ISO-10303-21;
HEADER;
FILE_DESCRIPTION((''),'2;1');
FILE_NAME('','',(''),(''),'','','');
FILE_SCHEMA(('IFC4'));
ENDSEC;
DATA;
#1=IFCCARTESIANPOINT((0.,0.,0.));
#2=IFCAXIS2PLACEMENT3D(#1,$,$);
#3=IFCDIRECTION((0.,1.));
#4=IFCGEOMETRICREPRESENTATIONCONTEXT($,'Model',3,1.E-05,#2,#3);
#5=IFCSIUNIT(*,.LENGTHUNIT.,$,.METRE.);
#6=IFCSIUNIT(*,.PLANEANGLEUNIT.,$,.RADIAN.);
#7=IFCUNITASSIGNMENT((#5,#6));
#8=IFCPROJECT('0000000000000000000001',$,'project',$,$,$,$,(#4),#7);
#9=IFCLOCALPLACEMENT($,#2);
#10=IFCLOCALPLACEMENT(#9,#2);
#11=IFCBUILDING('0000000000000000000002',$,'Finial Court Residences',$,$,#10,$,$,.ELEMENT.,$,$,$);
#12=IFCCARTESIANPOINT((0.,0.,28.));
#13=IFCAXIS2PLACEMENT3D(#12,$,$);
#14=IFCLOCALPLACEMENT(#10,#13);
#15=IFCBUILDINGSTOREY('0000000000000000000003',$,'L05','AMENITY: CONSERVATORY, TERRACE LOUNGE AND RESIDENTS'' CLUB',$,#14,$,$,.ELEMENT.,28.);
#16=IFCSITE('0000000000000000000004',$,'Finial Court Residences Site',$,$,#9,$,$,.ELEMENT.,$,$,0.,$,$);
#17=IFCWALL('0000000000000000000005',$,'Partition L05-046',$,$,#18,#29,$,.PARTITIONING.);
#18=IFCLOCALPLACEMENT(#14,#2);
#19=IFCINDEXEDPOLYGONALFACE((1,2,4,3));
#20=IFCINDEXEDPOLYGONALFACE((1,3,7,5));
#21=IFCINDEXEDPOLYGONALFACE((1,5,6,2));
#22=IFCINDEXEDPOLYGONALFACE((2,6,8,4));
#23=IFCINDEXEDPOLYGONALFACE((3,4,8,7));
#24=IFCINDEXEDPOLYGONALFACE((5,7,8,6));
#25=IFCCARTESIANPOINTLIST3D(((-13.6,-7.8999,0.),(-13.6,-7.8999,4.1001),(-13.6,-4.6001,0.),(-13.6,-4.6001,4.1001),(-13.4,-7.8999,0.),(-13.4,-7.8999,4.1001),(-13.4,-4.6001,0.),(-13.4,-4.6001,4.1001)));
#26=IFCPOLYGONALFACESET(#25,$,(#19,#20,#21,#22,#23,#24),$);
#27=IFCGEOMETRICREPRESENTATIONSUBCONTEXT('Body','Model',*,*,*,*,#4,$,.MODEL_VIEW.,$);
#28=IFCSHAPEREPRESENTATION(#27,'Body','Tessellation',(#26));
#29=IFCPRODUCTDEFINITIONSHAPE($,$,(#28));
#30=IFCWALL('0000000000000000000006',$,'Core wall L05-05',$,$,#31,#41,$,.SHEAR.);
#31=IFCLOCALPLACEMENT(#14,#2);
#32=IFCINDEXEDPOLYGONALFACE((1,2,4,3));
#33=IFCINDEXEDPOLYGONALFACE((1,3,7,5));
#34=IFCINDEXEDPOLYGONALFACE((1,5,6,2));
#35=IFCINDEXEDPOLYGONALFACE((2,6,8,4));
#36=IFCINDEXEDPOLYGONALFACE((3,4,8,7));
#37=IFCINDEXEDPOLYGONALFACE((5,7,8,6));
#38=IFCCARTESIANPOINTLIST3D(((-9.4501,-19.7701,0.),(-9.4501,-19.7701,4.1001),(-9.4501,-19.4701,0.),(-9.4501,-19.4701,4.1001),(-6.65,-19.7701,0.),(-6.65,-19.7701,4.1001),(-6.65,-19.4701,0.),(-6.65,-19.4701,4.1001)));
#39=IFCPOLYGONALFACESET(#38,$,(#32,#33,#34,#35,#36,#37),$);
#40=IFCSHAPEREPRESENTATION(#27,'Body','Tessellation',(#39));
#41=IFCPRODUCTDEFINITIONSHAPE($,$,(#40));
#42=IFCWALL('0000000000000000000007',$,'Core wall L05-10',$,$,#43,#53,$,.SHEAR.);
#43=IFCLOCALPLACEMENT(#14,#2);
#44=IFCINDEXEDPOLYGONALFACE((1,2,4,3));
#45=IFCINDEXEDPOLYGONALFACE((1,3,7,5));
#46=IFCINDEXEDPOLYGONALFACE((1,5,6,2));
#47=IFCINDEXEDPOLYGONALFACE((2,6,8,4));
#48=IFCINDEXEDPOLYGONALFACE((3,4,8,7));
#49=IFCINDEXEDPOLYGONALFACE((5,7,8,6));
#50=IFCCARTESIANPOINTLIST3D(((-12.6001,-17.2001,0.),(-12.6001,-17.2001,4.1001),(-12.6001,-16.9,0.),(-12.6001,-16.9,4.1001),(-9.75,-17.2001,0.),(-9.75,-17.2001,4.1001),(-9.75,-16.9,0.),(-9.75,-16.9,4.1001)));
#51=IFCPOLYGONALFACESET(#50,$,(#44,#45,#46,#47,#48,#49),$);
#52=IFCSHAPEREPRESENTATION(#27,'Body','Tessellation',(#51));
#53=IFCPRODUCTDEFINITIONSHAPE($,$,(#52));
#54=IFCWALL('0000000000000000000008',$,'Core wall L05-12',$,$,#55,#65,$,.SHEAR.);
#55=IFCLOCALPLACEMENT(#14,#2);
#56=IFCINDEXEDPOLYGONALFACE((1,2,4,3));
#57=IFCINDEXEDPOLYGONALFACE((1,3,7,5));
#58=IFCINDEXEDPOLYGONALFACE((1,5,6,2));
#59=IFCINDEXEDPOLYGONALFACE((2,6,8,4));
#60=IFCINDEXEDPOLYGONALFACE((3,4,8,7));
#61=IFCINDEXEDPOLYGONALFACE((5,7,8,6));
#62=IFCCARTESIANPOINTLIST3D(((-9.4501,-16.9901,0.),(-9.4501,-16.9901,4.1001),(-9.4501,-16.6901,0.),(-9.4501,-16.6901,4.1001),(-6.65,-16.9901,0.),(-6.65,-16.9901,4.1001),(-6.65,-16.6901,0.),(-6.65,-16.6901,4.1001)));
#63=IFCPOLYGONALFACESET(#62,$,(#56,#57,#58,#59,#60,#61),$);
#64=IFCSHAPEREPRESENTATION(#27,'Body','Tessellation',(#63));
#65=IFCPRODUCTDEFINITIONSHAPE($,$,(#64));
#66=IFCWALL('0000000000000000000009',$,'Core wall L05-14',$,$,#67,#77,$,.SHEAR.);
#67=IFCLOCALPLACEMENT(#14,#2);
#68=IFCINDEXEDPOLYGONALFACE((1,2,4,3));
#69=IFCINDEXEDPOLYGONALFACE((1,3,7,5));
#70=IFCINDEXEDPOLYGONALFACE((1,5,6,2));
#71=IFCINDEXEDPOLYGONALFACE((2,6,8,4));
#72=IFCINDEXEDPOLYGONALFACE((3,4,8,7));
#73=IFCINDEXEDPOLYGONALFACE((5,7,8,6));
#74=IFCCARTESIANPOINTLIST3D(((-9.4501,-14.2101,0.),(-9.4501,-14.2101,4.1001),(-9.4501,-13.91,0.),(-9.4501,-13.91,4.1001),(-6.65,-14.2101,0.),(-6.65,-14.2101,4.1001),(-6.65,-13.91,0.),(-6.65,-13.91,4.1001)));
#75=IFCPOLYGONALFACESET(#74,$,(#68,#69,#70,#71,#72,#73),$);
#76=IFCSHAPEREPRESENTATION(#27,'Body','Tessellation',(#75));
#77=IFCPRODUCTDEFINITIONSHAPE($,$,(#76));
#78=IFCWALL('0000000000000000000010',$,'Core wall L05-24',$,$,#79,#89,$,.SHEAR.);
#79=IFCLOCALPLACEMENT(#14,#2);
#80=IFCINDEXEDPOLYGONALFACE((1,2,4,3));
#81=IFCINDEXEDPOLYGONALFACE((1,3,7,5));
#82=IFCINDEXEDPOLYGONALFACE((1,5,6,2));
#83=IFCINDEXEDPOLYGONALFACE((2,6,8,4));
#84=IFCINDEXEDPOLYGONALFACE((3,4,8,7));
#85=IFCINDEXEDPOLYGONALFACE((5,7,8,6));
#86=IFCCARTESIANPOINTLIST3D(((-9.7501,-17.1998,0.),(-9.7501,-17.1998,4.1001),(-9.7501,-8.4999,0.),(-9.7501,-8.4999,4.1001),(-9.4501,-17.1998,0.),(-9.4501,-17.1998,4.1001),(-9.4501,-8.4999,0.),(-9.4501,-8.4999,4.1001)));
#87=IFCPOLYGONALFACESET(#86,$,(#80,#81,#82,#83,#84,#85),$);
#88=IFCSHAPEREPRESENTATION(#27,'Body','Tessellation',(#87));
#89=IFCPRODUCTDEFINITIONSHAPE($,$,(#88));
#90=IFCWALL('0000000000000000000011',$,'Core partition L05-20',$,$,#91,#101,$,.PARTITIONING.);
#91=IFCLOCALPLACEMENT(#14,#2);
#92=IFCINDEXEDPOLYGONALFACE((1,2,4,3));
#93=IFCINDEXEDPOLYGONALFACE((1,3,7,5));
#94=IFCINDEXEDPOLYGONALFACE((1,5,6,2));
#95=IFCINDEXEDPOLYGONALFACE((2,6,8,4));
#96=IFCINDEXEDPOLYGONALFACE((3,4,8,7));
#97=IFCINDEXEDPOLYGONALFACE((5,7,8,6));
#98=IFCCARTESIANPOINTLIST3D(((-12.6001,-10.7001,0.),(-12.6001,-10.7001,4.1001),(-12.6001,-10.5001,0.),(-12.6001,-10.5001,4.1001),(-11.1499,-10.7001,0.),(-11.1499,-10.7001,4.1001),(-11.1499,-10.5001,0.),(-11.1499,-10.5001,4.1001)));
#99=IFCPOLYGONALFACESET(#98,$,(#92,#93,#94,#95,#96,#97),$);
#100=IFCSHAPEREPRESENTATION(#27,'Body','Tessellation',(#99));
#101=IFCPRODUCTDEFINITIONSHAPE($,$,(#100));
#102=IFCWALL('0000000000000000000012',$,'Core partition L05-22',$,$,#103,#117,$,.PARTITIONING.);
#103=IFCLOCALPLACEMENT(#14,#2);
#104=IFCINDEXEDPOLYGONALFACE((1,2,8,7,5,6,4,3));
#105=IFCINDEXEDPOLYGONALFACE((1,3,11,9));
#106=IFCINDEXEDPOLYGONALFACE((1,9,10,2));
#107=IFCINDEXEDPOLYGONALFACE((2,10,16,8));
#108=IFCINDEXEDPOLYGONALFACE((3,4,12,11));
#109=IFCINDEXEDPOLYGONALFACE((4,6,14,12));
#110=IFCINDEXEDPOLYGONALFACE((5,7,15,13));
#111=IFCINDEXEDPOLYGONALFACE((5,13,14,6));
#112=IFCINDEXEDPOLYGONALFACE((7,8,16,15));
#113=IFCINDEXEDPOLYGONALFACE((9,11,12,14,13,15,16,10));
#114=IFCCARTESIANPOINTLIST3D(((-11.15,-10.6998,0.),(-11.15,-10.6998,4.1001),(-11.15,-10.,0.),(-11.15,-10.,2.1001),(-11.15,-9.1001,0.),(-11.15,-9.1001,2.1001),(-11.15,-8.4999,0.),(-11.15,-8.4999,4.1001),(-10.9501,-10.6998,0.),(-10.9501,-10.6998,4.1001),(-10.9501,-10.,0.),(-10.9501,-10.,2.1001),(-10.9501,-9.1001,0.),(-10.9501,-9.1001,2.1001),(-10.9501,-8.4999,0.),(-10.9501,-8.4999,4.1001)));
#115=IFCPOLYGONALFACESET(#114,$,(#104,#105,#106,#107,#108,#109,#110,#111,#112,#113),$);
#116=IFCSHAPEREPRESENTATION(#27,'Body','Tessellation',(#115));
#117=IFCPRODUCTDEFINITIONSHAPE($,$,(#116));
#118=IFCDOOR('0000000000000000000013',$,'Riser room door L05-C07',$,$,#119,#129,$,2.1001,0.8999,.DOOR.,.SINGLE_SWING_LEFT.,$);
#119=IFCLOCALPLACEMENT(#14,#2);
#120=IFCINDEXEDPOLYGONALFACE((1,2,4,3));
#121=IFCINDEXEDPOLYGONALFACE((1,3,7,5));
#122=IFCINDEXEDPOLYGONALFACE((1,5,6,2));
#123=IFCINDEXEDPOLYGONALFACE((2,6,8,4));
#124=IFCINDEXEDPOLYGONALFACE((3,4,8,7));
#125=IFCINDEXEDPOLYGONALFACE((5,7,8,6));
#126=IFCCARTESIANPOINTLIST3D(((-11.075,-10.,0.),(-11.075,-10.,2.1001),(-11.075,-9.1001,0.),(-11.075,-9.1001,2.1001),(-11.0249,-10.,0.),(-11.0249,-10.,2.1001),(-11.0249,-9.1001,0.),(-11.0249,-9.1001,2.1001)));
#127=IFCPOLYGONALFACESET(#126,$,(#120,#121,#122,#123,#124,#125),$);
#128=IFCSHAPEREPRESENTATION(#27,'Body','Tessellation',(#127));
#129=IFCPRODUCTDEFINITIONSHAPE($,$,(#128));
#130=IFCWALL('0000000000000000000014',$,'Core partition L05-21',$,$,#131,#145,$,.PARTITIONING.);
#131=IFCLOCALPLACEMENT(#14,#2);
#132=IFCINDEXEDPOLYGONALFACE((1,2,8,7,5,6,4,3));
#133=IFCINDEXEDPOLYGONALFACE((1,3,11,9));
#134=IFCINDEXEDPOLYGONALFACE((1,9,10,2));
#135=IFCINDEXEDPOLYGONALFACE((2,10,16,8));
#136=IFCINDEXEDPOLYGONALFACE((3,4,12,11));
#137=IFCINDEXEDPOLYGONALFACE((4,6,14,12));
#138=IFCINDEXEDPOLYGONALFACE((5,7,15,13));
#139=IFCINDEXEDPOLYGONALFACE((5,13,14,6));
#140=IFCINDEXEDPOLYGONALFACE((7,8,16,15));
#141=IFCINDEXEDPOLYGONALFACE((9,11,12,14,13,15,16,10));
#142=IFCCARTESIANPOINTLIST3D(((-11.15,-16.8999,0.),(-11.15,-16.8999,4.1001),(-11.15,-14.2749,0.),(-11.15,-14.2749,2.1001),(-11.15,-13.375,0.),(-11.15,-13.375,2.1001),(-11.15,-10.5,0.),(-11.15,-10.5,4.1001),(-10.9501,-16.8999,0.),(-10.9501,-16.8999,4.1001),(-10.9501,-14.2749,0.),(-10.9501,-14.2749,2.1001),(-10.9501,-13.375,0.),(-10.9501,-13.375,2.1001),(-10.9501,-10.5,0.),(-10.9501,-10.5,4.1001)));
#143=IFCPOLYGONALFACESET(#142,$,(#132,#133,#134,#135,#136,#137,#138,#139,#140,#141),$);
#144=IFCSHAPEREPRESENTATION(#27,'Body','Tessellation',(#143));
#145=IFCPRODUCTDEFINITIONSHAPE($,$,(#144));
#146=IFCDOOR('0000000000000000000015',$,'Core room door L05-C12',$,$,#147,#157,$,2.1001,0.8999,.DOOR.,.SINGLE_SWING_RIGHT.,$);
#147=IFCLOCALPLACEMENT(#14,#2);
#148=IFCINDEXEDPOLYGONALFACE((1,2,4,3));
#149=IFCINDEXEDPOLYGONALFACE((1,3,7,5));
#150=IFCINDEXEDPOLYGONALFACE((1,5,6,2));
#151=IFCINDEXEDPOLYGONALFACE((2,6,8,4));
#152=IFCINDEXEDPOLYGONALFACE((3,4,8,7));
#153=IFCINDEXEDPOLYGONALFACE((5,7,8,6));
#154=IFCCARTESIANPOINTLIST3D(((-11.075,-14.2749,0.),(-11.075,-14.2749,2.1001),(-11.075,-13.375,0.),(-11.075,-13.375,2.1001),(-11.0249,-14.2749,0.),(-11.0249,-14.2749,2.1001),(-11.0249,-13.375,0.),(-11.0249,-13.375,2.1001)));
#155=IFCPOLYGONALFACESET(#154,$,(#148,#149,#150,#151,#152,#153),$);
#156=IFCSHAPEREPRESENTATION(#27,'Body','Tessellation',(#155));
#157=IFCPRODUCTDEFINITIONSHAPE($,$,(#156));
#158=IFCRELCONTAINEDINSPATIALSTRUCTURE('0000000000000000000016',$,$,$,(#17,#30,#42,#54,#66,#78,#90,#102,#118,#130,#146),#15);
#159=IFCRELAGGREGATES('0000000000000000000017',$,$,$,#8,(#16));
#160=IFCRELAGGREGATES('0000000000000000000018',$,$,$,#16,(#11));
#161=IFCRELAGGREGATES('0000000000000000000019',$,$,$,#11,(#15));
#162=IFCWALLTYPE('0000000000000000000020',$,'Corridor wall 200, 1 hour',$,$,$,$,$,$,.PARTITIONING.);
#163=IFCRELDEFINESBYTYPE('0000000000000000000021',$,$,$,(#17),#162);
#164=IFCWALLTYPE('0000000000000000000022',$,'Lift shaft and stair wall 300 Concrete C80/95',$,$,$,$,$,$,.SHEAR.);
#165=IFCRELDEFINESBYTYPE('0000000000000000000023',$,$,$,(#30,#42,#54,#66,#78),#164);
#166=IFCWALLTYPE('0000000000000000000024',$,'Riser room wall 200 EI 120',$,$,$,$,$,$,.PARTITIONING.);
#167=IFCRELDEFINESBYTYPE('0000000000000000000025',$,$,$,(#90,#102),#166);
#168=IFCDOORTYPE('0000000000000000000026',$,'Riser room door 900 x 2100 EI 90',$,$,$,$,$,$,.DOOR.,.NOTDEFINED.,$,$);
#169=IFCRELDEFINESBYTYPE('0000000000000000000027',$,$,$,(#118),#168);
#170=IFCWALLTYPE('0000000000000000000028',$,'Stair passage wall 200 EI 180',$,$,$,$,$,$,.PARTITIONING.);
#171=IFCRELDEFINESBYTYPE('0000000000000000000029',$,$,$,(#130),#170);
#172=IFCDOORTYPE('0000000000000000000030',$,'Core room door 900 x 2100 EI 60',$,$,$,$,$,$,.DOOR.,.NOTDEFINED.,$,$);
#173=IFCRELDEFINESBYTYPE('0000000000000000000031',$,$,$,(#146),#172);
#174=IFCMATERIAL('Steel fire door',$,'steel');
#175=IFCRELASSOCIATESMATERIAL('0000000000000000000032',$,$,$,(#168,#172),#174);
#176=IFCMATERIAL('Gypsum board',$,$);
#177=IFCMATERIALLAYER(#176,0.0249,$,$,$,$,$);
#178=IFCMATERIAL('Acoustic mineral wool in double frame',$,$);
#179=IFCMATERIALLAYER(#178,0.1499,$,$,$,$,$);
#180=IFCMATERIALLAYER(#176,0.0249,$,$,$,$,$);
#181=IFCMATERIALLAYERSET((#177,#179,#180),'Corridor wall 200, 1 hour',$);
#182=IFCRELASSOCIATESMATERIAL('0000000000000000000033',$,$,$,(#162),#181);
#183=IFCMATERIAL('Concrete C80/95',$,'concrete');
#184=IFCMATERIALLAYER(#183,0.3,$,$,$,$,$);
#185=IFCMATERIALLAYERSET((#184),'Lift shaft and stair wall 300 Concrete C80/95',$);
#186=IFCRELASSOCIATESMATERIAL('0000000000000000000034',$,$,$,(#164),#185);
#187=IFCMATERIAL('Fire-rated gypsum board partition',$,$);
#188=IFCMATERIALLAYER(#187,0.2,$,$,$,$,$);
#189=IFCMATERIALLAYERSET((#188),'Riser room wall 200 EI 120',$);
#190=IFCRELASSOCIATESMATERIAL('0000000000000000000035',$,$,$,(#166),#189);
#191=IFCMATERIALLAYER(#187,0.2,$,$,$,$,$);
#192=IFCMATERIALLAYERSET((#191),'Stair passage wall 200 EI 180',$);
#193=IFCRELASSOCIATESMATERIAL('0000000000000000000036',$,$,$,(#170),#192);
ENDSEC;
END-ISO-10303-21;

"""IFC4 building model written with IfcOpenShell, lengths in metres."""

from ifc_helpers import new_model, si_unit, direction, frame, frame_2d, origin, place, context, subcontext, project, spatial, rectangle, extrude, material, layer, layer_set, type_object, element, fill, save


model = new_model("IFC4")

# Units and contexts
model_context = context("Model", 3, precision=1e-05, world=origin(), true_north=direction((0.0, 1.0)))
body_context = subcontext(model_context, "Body", "Model", "MODEL_VIEW")
ifc_project = project(units=[si_unit("LENGTHUNIT", "METRE"), si_unit("PLANEANGLEUNIT", "RADIAN")], contexts=[model_context])

# Site, building, storey
site_placement = place(None, origin())
site = spatial("IfcSite", under=ifc_project, at=site_placement, Name="Finial Court Residences Site", CompositionType="ELEMENT", RefElevation=0.0)
building_placement = place(site_placement, origin())
building = spatial("IfcBuilding", under=site, at=building_placement, Name="Finial Court Residences", CompositionType="ELEMENT")
storey_placement = place(building_placement, frame((0.0, 0.0, 28.0)))
storey = spatial("IfcBuildingStorey", under=building, at=storey_placement, Name="L05", Description="AMENITY: CONSERVATORY, TERRACE LOUNGE AND RESIDENTS' CLUB", CompositionType="ELEMENT", Elevation=28.0)

# Shared definitions
ifc_material_1 = material(Name="Concrete C80/95", Category="concrete")

# Shared definitions
ifc_material_2 = material(Name="Steel fire door", Category="steel")
door_type_1 = type_object("IfcDoorType", Name="Riser room door 900 x 2100 EI 90", OperationType="NOTDEFINED", PredefinedType="DOOR", material=ifc_material_2)

# Walls
ifc_material_3 = material(Name="Gypsum board")
ifc_layer_1 = layer(ifc_material_3, 0.0249)
ifc_material_4 = material(Name="Acoustic mineral wool in double frame")
ifc_layer_2 = layer(ifc_material_4, 0.1499)
ifc_layer_3 = layer(ifc_material_3, 0.0249)
ifc_layer_set_1 = layer_set([ifc_layer_1, ifc_layer_2, ifc_layer_3], Name="Corridor wall 200, 1 hour")
wall_type_1 = type_object("IfcWallType", Name="Corridor wall 200, 1 hour", PredefinedType="PARTITIONING", material=ifc_layer_set_1)
wall_1_placement = place(storey_placement, frame((-13.5, -7.8999, 0.0), z_axis=(0.0, 0.0, 1.0), x_axis=(0.0, 1.0, 0.0)))
element("IfcWall", 1, at=wall_1_placement, inside=storey, type_object=wall_type_1, Name="Partition L05-046", PredefinedType="PARTITIONING", context=body_context, shape_type="SweptSolid", body=[
    extrude(rectangle(XDim=3.2998, YDim=0.2, at=frame_2d((1.6499, 0.0))), origin(), (0.0, 0.0, 1.0), 4.1001),
])
ifc_layer_4 = layer(ifc_material_1, 0.3)
ifc_layer_set_2 = layer_set([ifc_layer_4], Name="Lift shaft and stair wall 300 Concrete C80/95")
wall_type_2 = type_object("IfcWallType", Name="Lift shaft and stair wall 300 Concrete C80/95", PredefinedType="SHEAR", material=ifc_layer_set_2)
wall_2_placement = place(storey_placement, frame((-9.45, -19.6201, 0.0), z_axis=(0.0, 0.0, 1.0), x_axis=(1.0, 0.0, 0.0)))
element("IfcWall", 2, at=wall_2_placement, inside=storey, type_object=wall_type_2, Name="Core wall L05-05", PredefinedType="SHEAR", context=body_context, shape_type="SweptSolid", body=[
    extrude(rectangle(XDim=2.8, YDim=0.3, at=frame_2d((1.3999, 0.0))), origin(), (0.0, 0.0, 1.0), 4.1001),
])
wall_3_placement = place(storey_placement, frame((-12.6001, -17.05, 0.0), z_axis=(0.0, 0.0, 1.0), x_axis=(1.0, 0.0, 0.0)))
element("IfcWall", 3, at=wall_3_placement, inside=storey, type_object=wall_type_2, Name="Core wall L05-10", PredefinedType="SHEAR", context=body_context, shape_type="SweptSolid", body=[
    extrude(rectangle(XDim=2.8501, YDim=0.3, at=frame_2d((1.425, 0.0))), origin(), (0.0, 0.0, 1.0), 4.1001),
])
for number, where, z_axis, x_axis, name in (
    (4, (-9.45, -16.8401, 0.0), (0.0, 0.0, 1.0), (1.0, 0.0, 0.0), "Core wall L05-12"),
    (5, (-9.45, -14.0601, 0.0), (0.0, 0.0, 1.0), (1.0, 0.0, 0.0), "Core wall L05-14"),
):
    element("IfcWall", number, at=place(storey_placement, frame(where, z_axis=z_axis, x_axis=x_axis)), inside=storey, type_object=wall_type_2, Name=name, PredefinedType="SHEAR", context=body_context, shape_type="SweptSolid", body=[
        extrude(rectangle(XDim=2.8, YDim=0.3, at=frame_2d((1.3999, 0.0))), origin(), (0.0, 0.0, 1.0), 4.1001),
    ])
wall_4_placement = place(storey_placement, frame((-9.6001, -17.2, 0.0), z_axis=(0.0, 0.0, 1.0), x_axis=(0.0, 1.0, 0.0)))
element("IfcWall", 6, at=wall_4_placement, inside=storey, type_object=wall_type_2, Name="Core wall L05-24", PredefinedType="SHEAR", context=body_context, shape_type="SweptSolid", body=[
    extrude(rectangle(XDim=8.7, YDim=0.3, at=frame_2d((4.3501, 0.0))), origin(), (0.0, 0.0, 1.0), 4.1001),
])
ifc_material_5 = material(Name="Fire-rated gypsum board partition")
ifc_layer_5 = layer(ifc_material_5, 0.2)
ifc_layer_set_3 = layer_set([ifc_layer_5], Name="Riser room wall 200 EI 120")
wall_type_3 = type_object("IfcWallType", Name="Riser room wall 200 EI 120", PredefinedType="PARTITIONING", material=ifc_layer_set_3)
wall_5_placement = place(storey_placement, frame((-12.6001, -10.6001, 0.0), z_axis=(0.0, 0.0, 1.0), x_axis=(1.0, 0.0, 0.0)))
element("IfcWall", 7, at=wall_5_placement, inside=storey, type_object=wall_type_3, Name="Core partition L05-20", PredefinedType="PARTITIONING", context=body_context, shape_type="SweptSolid", body=[
    extrude(rectangle(XDim=1.4502, YDim=0.2, at=frame_2d((0.7251, 0.0))), origin(), (0.0, 0.0, 1.0), 4.1001),
])

# Walls, openings, doors
wall_6_placement = place(storey_placement, frame((-11.05, -10.7, 0.0), z_axis=(0.0, 0.0, 1.0), x_axis=(0.0, 1.0, 0.0)))
wall_6 = element("IfcWall", 8, at=wall_6_placement, inside=storey, type_object=wall_type_3, Name="Core partition L05-22", PredefinedType="PARTITIONING", context=body_context, shape_type="SweptSolid", body=[
    extrude(rectangle(XDim=2.2, YDim=0.2, at=frame_2d((1.1001, 0.0))), origin(), (0.0, 0.0, 1.0), 4.1001),
])
opening_1_placement = place(wall_6_placement, frame((0.7, 0.0, 0.0)))
opening_1 = element("IfcOpeningElement", 9, at=opening_1_placement, cuts=wall_6, PredefinedType="OPENING", context=body_context, shape_type="SweptSolid", body=[
    extrude(rectangle(XDim=0.8999, YDim=2.1001, at=frame_2d((0.45, 1.05))), frame((0.0, 0.1099, 0.0), z_axis=(0.0, -1.0, 0.0), x_axis=(1.0, 0.0, 0.0)), (0.0, 0.0, 1.0), 0.22),
])
door_1_placement = place(opening_1_placement, origin())
door_1 = element("IfcDoor", 10, at=door_1_placement, inside=storey, type_object=door_type_1, Name="Riser room door L05-C07", OperationType="SINGLE_SWING_LEFT", OverallHeight=2.1001, OverallWidth=0.8999, PredefinedType="DOOR", context=body_context, shape_type="SweptSolid", body=[
    extrude(rectangle(XDim=0.8999, YDim=2.1001, at=frame_2d((0.45, 1.05))), frame((0.0, 0.0249, 0.0), z_axis=(0.0, -1.0, 0.0), x_axis=(1.0, 0.0, 0.0)), (0.0, 0.0, 1.0), 0.05),
])
fill(opening_1, door_1)
ifc_layer_6 = layer(ifc_material_5, 0.2)
ifc_layer_set_4 = layer_set([ifc_layer_6], Name="Stair passage wall 200 EI 180")
wall_type_4 = type_object("IfcWallType", Name="Stair passage wall 200 EI 180", PredefinedType="PARTITIONING", material=ifc_layer_set_4)
wall_7_placement = place(storey_placement, frame((-11.05, -16.8999, 0.0), z_axis=(0.0, 0.0, 1.0), x_axis=(0.0, 1.0, 0.0)))
wall_7 = element("IfcWall", 11, at=wall_7_placement, inside=storey, type_object=wall_type_4, Name="Core partition L05-21", PredefinedType="PARTITIONING", context=body_context, shape_type="SweptSolid", body=[
    extrude(rectangle(XDim=6.3999, YDim=0.2, at=frame_2d((3.2, 0.0))), origin(), (0.0, 0.0, 1.0), 4.1001),
])
opening_2_placement = place(wall_7_placement, frame((2.625, 0.0, 0.0)))
opening_2 = element("IfcOpeningElement", 12, at=opening_2_placement, cuts=wall_7, PredefinedType="OPENING", context=body_context, shape_type="SweptSolid", body=[
    extrude(rectangle(XDim=0.8999, YDim=2.1001, at=frame_2d((0.45, 1.05))), frame((0.0, 0.1099, 0.0), z_axis=(0.0, -1.0, 0.0), x_axis=(1.0, 0.0, 0.0)), (0.0, 0.0, 1.0), 0.22),
])
door_type_2 = type_object("IfcDoorType", Name="Core room door 900 x 2100 EI 60", OperationType="NOTDEFINED", PredefinedType="DOOR", material=ifc_material_2)
door_2_placement = place(opening_2_placement, origin())
door_2 = element("IfcDoor", 13, at=door_2_placement, inside=storey, type_object=door_type_2, Name="Core room door L05-C12", OperationType="SINGLE_SWING_RIGHT", OverallHeight=2.1001, OverallWidth=0.8999, PredefinedType="DOOR", context=body_context, shape_type="SweptSolid", body=[
    extrude(rectangle(XDim=0.8999, YDim=2.1001, at=frame_2d((0.45, 1.05))), frame((0.0, 0.0249, 0.0), z_axis=(0.0, -1.0, 0.0), x_axis=(1.0, 0.0, 0.0)), (0.0, 0.0, 1.0), 0.05),
])
fill(opening_2, door_2)

save(model, "model.ifc")
